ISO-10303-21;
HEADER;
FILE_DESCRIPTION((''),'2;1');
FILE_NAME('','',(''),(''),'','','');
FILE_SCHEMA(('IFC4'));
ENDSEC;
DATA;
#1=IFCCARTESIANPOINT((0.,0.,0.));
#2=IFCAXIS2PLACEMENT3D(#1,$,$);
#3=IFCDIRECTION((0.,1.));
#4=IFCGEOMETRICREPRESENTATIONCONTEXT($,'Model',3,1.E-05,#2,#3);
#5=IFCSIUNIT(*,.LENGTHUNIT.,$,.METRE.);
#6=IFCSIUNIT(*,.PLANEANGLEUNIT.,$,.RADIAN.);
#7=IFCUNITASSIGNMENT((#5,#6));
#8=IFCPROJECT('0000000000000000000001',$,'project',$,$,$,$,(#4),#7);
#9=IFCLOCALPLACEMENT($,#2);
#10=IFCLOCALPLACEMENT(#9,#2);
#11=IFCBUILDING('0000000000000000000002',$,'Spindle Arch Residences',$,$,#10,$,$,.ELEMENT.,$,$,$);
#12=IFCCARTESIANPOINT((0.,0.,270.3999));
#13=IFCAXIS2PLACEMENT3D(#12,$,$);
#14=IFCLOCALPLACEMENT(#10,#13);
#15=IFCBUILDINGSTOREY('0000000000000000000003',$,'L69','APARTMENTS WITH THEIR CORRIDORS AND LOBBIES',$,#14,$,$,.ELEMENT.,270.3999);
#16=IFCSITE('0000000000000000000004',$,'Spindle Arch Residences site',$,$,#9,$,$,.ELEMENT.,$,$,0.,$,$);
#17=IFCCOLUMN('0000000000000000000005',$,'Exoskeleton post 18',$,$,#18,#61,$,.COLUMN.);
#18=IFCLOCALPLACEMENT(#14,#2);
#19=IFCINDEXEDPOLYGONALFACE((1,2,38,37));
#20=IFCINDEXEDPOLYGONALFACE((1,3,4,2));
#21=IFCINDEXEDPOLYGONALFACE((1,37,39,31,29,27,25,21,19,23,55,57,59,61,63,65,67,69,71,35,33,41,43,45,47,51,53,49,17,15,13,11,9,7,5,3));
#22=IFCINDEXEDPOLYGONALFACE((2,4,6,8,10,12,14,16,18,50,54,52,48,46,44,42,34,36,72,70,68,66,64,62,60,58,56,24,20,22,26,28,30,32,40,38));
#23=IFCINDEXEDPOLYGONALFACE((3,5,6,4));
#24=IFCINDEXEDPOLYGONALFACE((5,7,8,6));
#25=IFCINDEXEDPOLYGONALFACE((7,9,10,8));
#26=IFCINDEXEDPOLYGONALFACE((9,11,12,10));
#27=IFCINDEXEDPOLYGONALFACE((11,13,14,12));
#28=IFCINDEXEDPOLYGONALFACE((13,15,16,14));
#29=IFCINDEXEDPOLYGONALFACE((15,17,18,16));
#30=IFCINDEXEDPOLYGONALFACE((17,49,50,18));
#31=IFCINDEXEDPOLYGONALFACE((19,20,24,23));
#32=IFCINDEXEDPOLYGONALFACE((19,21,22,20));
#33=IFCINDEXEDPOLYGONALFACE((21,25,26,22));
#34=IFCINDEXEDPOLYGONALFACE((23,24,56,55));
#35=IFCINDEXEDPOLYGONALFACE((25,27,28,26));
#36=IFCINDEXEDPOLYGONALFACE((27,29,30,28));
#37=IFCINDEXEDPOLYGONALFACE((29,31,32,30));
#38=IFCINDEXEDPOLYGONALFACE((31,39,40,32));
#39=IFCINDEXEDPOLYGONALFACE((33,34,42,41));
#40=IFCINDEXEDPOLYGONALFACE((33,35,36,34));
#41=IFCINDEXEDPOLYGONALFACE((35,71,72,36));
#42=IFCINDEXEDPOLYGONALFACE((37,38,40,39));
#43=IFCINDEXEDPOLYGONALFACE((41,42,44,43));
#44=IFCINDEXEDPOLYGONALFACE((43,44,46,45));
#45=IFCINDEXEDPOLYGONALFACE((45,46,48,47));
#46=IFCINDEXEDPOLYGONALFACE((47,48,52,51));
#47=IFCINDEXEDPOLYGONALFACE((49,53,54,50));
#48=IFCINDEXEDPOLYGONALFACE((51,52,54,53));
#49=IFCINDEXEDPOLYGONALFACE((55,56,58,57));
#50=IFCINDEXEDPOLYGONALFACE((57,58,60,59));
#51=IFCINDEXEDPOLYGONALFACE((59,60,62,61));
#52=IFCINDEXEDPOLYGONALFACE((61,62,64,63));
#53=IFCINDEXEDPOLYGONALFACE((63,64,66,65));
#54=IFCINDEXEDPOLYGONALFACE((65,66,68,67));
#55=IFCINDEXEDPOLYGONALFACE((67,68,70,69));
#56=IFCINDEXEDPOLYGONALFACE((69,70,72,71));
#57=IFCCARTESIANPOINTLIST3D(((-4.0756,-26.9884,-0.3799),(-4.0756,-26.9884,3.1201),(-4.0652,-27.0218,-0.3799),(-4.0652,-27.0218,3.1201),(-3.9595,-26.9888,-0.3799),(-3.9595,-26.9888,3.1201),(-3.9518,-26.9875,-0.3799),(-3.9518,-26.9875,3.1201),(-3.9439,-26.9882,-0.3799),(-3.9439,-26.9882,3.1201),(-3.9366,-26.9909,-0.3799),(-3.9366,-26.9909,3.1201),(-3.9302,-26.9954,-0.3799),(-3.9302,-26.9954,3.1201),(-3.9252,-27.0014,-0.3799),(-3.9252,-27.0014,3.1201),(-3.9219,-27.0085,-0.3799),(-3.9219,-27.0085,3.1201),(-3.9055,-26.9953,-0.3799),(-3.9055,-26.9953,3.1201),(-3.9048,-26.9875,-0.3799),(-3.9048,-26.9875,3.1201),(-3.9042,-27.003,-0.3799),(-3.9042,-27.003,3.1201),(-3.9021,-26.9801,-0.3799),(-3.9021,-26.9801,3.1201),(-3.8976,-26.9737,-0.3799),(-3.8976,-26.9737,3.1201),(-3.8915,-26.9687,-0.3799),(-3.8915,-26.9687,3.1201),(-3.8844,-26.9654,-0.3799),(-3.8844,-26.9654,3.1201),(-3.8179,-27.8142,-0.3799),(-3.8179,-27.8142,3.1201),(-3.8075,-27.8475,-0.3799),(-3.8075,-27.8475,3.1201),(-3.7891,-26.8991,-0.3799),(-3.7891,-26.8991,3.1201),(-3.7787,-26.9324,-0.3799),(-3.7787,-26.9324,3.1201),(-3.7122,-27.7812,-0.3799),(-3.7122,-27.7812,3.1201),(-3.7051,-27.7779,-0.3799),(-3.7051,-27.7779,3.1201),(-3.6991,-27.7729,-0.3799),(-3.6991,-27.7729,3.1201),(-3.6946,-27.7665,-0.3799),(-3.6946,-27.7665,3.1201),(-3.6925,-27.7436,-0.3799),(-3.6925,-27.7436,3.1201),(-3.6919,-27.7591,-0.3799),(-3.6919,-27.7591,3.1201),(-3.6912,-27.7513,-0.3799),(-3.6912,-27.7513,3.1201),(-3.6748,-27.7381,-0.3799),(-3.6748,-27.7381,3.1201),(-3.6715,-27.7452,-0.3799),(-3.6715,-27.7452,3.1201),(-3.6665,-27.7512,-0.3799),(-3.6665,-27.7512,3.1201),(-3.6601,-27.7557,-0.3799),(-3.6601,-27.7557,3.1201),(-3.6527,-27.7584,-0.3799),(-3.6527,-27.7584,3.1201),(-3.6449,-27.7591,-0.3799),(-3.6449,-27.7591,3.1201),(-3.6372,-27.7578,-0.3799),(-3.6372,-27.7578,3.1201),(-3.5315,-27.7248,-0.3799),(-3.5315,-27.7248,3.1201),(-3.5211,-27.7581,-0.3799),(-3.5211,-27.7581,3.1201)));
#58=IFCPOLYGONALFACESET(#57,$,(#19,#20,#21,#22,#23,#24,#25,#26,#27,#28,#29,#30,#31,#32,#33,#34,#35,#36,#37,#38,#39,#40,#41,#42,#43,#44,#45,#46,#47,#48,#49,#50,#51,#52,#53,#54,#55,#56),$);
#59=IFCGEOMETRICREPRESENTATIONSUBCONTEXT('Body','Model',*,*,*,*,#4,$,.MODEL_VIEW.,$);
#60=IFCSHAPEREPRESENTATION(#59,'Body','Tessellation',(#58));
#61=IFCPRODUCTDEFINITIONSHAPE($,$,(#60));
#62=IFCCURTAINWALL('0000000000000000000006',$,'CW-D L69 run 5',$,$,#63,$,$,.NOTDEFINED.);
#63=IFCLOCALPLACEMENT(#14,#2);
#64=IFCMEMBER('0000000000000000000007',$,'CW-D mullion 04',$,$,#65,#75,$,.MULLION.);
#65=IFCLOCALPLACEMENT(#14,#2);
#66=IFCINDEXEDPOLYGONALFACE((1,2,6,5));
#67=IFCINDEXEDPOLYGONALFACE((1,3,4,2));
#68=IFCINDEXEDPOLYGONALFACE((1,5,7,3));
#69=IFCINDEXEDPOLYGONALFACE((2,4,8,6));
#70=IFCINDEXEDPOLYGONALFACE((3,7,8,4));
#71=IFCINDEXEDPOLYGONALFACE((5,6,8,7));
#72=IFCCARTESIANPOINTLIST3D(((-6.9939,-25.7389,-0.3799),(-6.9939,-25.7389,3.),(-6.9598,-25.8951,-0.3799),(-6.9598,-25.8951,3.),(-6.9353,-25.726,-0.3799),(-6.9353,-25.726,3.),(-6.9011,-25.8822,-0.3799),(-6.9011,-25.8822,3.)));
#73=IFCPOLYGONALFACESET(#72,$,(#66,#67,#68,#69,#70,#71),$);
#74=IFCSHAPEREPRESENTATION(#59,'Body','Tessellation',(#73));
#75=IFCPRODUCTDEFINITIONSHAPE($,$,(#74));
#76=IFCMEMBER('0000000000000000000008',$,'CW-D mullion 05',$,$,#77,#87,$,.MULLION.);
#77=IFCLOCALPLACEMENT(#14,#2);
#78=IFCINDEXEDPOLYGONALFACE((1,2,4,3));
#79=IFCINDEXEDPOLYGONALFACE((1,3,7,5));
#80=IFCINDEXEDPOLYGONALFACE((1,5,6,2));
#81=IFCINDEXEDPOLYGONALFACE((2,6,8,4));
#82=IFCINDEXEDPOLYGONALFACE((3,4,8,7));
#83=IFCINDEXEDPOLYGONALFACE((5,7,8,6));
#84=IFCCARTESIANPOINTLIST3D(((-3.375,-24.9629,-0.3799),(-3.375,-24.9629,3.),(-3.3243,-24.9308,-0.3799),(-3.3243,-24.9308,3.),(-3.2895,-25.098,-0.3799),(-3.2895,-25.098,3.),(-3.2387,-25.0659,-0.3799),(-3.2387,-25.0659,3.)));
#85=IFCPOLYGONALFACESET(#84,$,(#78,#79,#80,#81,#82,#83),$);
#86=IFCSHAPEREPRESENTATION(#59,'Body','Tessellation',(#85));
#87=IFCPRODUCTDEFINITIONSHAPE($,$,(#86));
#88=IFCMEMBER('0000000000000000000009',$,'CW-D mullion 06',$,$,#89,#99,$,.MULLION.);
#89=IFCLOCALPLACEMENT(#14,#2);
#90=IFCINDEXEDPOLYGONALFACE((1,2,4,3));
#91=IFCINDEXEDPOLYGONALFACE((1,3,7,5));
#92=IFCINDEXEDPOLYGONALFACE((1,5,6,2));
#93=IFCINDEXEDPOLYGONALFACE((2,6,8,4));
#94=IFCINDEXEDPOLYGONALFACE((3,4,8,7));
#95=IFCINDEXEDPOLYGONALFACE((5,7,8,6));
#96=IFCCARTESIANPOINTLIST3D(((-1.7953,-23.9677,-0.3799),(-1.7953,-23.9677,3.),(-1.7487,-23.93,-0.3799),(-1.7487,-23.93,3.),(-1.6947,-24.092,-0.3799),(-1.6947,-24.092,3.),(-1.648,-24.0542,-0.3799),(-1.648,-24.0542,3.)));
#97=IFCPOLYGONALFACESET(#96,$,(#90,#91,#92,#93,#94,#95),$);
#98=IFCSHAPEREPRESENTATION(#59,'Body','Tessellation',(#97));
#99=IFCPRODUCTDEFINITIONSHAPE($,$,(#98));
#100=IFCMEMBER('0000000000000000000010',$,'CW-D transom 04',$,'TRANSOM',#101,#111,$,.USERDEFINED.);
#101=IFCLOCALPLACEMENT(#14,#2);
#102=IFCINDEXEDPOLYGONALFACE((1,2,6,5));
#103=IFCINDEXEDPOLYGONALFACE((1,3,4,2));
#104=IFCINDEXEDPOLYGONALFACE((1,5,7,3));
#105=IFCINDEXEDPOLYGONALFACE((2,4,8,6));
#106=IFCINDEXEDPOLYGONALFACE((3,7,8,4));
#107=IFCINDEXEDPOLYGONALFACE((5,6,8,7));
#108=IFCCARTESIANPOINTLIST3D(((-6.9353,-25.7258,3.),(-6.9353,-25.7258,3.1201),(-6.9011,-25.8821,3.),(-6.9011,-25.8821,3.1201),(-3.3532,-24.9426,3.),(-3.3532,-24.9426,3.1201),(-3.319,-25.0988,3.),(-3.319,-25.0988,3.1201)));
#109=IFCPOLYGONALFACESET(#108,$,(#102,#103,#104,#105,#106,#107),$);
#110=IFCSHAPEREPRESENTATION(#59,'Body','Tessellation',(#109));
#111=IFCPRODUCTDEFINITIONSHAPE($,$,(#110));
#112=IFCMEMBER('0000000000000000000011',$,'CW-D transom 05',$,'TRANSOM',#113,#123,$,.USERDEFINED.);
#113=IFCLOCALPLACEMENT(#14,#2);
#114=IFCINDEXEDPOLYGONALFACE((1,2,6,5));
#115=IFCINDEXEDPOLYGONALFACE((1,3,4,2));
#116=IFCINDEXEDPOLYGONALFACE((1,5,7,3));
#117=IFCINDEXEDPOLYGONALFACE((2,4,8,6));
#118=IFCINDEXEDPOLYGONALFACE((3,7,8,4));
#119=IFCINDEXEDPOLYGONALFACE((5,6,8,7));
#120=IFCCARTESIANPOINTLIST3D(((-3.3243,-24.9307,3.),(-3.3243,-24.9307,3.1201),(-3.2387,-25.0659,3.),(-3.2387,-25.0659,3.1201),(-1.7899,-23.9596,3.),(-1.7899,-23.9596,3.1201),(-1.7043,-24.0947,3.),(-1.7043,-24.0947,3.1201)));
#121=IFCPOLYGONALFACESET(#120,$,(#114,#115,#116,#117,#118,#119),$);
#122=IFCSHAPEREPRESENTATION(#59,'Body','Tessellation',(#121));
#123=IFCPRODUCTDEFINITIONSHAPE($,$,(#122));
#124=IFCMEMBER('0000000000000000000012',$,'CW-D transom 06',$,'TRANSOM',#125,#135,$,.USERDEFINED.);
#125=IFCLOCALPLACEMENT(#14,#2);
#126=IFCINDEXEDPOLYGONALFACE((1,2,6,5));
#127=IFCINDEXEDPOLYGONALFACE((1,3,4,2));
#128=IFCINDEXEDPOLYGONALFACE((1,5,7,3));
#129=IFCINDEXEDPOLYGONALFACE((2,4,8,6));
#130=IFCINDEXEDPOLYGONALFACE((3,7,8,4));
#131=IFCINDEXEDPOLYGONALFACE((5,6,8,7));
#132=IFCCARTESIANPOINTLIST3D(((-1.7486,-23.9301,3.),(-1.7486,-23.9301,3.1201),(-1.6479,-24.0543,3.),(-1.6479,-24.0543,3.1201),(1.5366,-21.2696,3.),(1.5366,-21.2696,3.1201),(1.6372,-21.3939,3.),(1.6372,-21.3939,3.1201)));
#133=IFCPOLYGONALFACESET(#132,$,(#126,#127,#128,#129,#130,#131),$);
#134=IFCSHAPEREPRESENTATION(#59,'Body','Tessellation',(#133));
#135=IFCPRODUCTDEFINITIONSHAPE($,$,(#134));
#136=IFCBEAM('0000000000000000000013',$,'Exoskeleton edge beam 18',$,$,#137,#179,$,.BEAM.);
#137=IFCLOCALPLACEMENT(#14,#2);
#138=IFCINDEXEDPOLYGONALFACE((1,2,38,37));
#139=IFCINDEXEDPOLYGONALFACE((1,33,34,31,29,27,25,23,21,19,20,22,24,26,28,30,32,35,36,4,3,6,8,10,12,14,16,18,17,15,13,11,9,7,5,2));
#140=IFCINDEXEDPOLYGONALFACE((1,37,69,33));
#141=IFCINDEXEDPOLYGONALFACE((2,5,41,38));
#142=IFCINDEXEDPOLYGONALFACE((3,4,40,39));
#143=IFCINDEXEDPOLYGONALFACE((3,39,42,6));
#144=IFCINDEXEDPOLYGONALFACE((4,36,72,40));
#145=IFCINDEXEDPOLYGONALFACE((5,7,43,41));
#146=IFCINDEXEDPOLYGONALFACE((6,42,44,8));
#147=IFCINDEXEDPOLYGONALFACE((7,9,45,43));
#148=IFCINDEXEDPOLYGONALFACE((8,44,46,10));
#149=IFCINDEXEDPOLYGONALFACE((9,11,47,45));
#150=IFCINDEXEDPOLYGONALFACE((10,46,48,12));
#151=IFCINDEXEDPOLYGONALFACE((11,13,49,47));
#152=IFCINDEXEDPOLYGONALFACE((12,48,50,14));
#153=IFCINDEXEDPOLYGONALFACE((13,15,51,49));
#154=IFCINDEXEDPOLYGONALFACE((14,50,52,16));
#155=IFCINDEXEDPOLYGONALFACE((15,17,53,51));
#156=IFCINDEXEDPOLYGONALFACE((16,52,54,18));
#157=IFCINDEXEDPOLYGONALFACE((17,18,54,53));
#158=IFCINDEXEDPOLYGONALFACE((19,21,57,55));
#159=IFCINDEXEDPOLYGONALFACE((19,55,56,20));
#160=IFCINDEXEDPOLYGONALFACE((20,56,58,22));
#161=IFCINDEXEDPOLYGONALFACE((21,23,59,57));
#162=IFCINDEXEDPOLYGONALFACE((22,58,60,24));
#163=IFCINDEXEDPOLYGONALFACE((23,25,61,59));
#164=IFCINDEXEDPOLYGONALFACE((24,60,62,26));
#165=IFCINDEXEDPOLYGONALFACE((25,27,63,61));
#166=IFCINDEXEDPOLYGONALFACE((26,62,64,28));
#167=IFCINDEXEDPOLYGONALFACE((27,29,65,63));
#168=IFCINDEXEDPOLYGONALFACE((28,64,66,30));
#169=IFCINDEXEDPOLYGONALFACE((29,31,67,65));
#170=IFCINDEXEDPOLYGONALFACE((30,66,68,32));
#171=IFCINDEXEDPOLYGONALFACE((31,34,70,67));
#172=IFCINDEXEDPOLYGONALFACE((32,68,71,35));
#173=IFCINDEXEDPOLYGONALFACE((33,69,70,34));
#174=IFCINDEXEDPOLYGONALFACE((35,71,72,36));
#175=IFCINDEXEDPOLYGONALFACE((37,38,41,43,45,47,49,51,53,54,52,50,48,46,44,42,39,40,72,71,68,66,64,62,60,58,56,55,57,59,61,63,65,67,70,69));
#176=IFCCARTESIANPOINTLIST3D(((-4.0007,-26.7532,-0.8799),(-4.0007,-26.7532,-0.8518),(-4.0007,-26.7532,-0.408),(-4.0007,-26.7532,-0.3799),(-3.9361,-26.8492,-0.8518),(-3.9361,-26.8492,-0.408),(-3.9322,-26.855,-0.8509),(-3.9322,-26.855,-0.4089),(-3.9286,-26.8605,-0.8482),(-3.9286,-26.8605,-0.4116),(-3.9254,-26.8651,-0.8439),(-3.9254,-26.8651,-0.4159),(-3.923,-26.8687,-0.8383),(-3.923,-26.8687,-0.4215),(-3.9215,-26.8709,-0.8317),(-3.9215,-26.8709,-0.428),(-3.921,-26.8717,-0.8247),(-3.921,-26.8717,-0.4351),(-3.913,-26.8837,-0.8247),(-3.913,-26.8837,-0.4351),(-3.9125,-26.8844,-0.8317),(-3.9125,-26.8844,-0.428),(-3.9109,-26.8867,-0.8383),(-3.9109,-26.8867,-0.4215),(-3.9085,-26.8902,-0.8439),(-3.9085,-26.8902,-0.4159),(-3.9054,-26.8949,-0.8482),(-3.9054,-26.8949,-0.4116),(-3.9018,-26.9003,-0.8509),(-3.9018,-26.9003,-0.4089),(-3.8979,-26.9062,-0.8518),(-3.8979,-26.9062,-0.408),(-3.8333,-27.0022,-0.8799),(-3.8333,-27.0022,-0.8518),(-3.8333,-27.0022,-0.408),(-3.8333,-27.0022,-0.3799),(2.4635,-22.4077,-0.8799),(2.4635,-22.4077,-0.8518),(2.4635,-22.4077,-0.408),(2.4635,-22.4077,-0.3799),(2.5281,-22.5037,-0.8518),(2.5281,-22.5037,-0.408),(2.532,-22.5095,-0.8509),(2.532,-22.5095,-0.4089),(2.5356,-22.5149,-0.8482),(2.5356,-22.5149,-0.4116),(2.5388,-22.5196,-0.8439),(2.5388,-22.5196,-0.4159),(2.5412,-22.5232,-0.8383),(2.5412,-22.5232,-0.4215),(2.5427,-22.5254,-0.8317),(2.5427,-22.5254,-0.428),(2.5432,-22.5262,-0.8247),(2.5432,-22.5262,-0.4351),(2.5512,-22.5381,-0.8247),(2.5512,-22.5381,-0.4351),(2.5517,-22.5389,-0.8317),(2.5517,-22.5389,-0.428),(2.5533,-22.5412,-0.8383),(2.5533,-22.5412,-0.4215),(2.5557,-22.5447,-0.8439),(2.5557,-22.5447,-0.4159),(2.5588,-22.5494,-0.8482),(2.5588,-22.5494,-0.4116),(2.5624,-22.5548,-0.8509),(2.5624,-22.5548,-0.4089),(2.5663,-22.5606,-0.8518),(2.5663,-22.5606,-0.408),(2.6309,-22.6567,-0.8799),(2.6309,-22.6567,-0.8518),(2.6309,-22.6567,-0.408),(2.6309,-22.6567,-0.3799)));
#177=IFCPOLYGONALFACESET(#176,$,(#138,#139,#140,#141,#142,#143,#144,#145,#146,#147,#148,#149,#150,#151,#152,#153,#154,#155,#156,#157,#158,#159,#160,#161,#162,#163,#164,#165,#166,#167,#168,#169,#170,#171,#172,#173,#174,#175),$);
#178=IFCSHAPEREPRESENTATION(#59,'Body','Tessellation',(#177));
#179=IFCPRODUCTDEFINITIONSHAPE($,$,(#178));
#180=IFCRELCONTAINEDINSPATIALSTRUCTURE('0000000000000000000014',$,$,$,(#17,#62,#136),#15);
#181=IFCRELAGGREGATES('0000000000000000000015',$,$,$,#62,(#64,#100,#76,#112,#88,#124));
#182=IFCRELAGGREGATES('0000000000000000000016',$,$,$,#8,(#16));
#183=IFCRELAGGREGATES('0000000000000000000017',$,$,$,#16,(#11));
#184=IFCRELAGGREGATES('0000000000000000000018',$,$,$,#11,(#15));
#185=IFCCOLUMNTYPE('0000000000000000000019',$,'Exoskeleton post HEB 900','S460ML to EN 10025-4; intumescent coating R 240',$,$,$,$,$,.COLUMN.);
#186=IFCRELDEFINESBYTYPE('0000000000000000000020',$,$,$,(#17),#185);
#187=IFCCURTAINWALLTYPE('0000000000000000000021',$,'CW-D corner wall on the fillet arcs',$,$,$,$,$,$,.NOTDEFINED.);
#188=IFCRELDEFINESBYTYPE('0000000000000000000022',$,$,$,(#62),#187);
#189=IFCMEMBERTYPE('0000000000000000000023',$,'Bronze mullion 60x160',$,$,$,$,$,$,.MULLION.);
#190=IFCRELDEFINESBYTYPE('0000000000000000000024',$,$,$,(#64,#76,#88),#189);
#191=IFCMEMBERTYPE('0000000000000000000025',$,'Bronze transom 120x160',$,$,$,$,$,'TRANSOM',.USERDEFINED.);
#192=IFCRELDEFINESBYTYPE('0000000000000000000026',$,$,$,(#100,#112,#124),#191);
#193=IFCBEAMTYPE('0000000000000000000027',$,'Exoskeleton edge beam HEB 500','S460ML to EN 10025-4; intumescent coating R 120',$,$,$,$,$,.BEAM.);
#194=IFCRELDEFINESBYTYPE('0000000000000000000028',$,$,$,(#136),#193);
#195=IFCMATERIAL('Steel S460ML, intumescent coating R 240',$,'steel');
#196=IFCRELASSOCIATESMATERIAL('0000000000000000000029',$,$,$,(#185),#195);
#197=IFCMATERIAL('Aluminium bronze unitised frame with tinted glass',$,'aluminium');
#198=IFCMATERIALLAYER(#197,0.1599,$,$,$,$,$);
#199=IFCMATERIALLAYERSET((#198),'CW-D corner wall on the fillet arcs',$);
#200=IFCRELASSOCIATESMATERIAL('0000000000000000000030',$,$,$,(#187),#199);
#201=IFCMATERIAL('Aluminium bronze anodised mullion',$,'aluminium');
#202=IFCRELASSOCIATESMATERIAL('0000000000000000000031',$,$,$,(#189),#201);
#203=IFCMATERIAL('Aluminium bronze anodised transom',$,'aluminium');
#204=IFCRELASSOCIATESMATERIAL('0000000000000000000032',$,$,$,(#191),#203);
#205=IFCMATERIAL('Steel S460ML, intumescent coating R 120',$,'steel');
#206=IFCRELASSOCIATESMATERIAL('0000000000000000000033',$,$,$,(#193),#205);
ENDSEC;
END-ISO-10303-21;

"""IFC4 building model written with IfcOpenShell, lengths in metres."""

from ifc_helpers import new_model, si_unit, direction, frame, origin, origin_2d, place, context, subcontext, project, spatial, rectangle, i_section, extrude, material, layer, layer_set, material_profile, profile_set, type_object, element, aggregate, save


model = new_model("IFC4")

# Units and contexts
model_context = context("Model", 3, precision=1e-05, world=origin(), true_north=direction((0.0, 1.0)))
body_context = subcontext(model_context, "Body", "Model", "MODEL_VIEW")
ifc_project = project(units=[si_unit("LENGTHUNIT", "METRE"), si_unit("PLANEANGLEUNIT", "RADIAN")], contexts=[model_context])

# Site, building, storey
site_placement = place(None, origin())
site = spatial("IfcSite", under=ifc_project, at=site_placement, Name="Spindle Arch Residences site", CompositionType="ELEMENT", RefElevation=0.0)
building_placement = place(site_placement, origin())
building = spatial("IfcBuilding", under=site, at=building_placement, Name="Spindle Arch Residences", CompositionType="ELEMENT")
storey_placement = place(building_placement, frame((0.0, 0.0, 270.3999)))
storey = spatial("IfcBuildingStorey", under=building, at=storey_placement, Name="L69", Description="APARTMENTS WITH THEIR CORRIDORS AND LOBBIES", CompositionType="ELEMENT", Elevation=270.3999)

# Column
ifc_material_1 = material(Name="Steel S460ML, intumescent coating R 240", Category="steel")
ifc_material_profile_1 = material_profile(ifc_material_1, i_section(OverallWidth=0.3, OverallDepth=0.8999, WebThickness=0.0186, FlangeThickness=0.0349, FilletRadius=0.03, at=origin_2d()), Name="HEB 900")
ifc_profile_set_1 = profile_set([ifc_material_profile_1], Name="Steel S460ML, intumescent coating R 240")
column_type = type_object("IfcColumnType", Name="Exoskeleton post HEB 900", Description="S460ML to EN 10025-4; intumescent coating R 240", PredefinedType="COLUMN", material=ifc_profile_set_1)
column_placement = place(storey_placement, frame((-3.7983, -27.3733, -0.3799), z_axis=(0.0, 0.0, 1.0), x_axis=(-0.954617, -0.297835, 0.0)))
element("IfcColumn", 1, at=column_placement, inside=storey, type_object=column_type, Name="Exoskeleton post 18", PredefinedType="COLUMN", context=body_context, shape_type="SweptSolid", body=[
    extrude(i_section(OverallWidth=0.3, OverallDepth=0.8999, WebThickness=0.0186, FlangeThickness=0.0349, FilletRadius=0.03, at=origin_2d()), origin(), (0.0, 0.0, 1.0), 3.5),
])

# Curtain wall, members
ifc_material_2 = material(Name="Aluminium bronze unitised frame with tinted glass", Category="aluminium")
ifc_layer_1 = layer(ifc_material_2, 0.1599)
ifc_layer_set_1 = layer_set([ifc_layer_1], Name="CW-D corner wall on the fillet arcs")
curtain_wall_type = type_object("IfcCurtainWallType", Name="CW-D corner wall on the fillet arcs", PredefinedType="NOTDEFINED", material=ifc_layer_set_1)
curtain_wall_placement = place(storey_placement, origin())
curtain_wall = element("IfcCurtainWall", 2, at=curtain_wall_placement, inside=storey, type_object=curtain_wall_type, Name="CW-D L69 run 5", PredefinedType="NOTDEFINED")
ifc_material_3 = material(Name="Aluminium bronze anodised mullion", Category="aluminium")
ifc_material_profile_2 = material_profile(ifc_material_3, rectangle(XDim=0.1599, YDim=0.0601, at=origin_2d()), Name="MU 60x160")
ifc_profile_set_2 = profile_set([ifc_material_profile_2], Name="Aluminium bronze anodised mullion")
member_type_1 = type_object("IfcMemberType", Name="Bronze mullion 60x160", PredefinedType="MULLION", material=ifc_profile_set_2)
member_1_placement = place(storey_placement, frame((-6.9475, -25.8105, -0.3799), z_axis=(0.0, 0.0, 1.0), x_axis=(-0.213599, 0.976921, 0.0)))
member_1 = element("IfcMember", 3, at=member_1_placement, type_object=member_type_1, Name="CW-D mullion 04", PredefinedType="MULLION", context=body_context, shape_type="SweptSolid", body=[
    extrude(rectangle(XDim=0.1599, YDim=0.0601, at=origin_2d()), origin(), (0.0, 0.0, 1.0), 3.3799),
])
member_2_placement = place(storey_placement, frame((-3.3069, -25.0144, -0.3799), z_axis=(0.0, 0.0, 1.0), x_axis=(-0.534844, 0.844951, 0.0)))
member_2 = element("IfcMember", 4, at=member_2_placement, type_object=member_type_1, Name="CW-D mullion 05", PredefinedType="MULLION", context=body_context, shape_type="SweptSolid", body=[
    extrude(rectangle(XDim=0.1599, YDim=0.0601, at=origin_2d()), origin(), (0.0, 0.0, 1.0), 3.3799),
])
member_3_placement = place(storey_placement, frame((-1.7217, -24.011, -0.3799), z_axis=(0.0, 0.0, 1.0), x_axis=(-0.62932, 0.777146, 0.0)))
member_3 = element("IfcMember", 5, at=member_3_placement, type_object=member_type_1, Name="CW-D mullion 06", PredefinedType="MULLION", context=body_context, shape_type="SweptSolid", body=[
    extrude(rectangle(XDim=0.1599, YDim=0.0601, at=origin_2d()), origin(), (0.0, 0.0, 1.0), 3.3799),
])
ifc_material_4 = material(Name="Aluminium bronze anodised transom", Category="aluminium")
ifc_material_profile_3 = material_profile(ifc_material_4, rectangle(XDim=0.1599, YDim=0.1201, at=origin_2d()), Name="TR 120x160")
ifc_profile_set_3 = profile_set([ifc_material_profile_3], Name="Aluminium bronze anodised transom")
member_type_2 = type_object("IfcMemberType", Name="Bronze transom 120x160", ElementType="TRANSOM", PredefinedType="USERDEFINED", material=ifc_profile_set_3)
member_4_placement = place(storey_placement, frame((-6.9182, -25.804, 3.0601), z_axis=(0.976921, 0.213602, 0.0), x_axis=(-0.213602, 0.976921, 0.0)))
member_4 = element("IfcMember", 6, at=member_4_placement, type_object=member_type_2, Name="CW-D transom 04", ObjectType="TRANSOM", PredefinedType="USERDEFINED", context=body_context, shape_type="SweptSolid", body=[
    extrude(rectangle(XDim=0.1599, YDim=0.1201, at=origin_2d()), origin(), (0.0, 0.0, 1.0), 3.6667),
])
member_5_placement = place(storey_placement, frame((-3.2815, -24.9983, 3.0601), z_axis=(0.844971, 0.534812, 0.0), x_axis=(-0.534812, 0.844971, 0.0)))
member_5 = element("IfcMember", 7, at=member_5_placement, type_object=member_type_2, Name="CW-D transom 05", ObjectType="TRANSOM", PredefinedType="USERDEFINED", context=body_context, shape_type="SweptSolid", body=[
    extrude(rectangle(XDim=0.1599, YDim=0.1201, at=origin_2d()), origin(), (0.0, 0.0, 1.0), 1.8159),
])
member_6_placement = place(storey_placement, frame((-1.6982, -23.9922, 3.0601), z_axis=(0.777131, 0.629339, 0.0), x_axis=(-0.629339, 0.777131, 0.0)))
member_6 = element("IfcMember", 8, at=member_6_placement, type_object=member_type_2, Name="CW-D transom 06", ObjectType="TRANSOM", PredefinedType="USERDEFINED", context=body_context, shape_type="SweptSolid", body=[
    extrude(rectangle(XDim=0.1599, YDim=0.1201, at=origin_2d()), origin(), (0.0, 0.0, 1.0), 4.2273),
])

# Beam
ifc_material_5 = material(Name="Steel S460ML, intumescent coating R 120", Category="steel")
ifc_material_profile_4 = material_profile(ifc_material_5, i_section(OverallWidth=0.3, OverallDepth=0.5, WebThickness=0.0144, FlangeThickness=0.0281, FilletRadius=0.0271, at=origin_2d()), Name="HEB 500")
ifc_profile_set_4 = profile_set([ifc_material_profile_4], Name="Steel S460ML, intumescent coating R 120")
beam_type_1 = type_object("IfcBeamType", Name="Exoskeleton edge beam HEB 500", Description="S460ML to EN 10025-4; intumescent coating R 120", PredefinedType="BEAM", material=ifc_profile_set_4)
beam_1_placement = place(storey_placement, frame((-3.917, -26.8777, -0.6299), z_axis=(0.829908, 0.5579, 0.0), x_axis=(-0.5579, 0.829908, 0.0)))
element("IfcBeam", 9, at=beam_1_placement, inside=storey, type_object=beam_type_1, Name="Exoskeleton edge beam 18", PredefinedType="BEAM", context=body_context, shape_type="SweptSolid", body=[
    extrude(i_section(OverallWidth=0.3, OverallDepth=0.5, WebThickness=0.0144, FlangeThickness=0.0281, FilletRadius=0.0271, at=origin_2d()), origin(), (0.0, 0.0, 1.0), 7.7891),
])

aggregate(curtain_wall, [member_1, member_4, member_2, member_5, member_3, member_6])

save(model, "model.ifc")
